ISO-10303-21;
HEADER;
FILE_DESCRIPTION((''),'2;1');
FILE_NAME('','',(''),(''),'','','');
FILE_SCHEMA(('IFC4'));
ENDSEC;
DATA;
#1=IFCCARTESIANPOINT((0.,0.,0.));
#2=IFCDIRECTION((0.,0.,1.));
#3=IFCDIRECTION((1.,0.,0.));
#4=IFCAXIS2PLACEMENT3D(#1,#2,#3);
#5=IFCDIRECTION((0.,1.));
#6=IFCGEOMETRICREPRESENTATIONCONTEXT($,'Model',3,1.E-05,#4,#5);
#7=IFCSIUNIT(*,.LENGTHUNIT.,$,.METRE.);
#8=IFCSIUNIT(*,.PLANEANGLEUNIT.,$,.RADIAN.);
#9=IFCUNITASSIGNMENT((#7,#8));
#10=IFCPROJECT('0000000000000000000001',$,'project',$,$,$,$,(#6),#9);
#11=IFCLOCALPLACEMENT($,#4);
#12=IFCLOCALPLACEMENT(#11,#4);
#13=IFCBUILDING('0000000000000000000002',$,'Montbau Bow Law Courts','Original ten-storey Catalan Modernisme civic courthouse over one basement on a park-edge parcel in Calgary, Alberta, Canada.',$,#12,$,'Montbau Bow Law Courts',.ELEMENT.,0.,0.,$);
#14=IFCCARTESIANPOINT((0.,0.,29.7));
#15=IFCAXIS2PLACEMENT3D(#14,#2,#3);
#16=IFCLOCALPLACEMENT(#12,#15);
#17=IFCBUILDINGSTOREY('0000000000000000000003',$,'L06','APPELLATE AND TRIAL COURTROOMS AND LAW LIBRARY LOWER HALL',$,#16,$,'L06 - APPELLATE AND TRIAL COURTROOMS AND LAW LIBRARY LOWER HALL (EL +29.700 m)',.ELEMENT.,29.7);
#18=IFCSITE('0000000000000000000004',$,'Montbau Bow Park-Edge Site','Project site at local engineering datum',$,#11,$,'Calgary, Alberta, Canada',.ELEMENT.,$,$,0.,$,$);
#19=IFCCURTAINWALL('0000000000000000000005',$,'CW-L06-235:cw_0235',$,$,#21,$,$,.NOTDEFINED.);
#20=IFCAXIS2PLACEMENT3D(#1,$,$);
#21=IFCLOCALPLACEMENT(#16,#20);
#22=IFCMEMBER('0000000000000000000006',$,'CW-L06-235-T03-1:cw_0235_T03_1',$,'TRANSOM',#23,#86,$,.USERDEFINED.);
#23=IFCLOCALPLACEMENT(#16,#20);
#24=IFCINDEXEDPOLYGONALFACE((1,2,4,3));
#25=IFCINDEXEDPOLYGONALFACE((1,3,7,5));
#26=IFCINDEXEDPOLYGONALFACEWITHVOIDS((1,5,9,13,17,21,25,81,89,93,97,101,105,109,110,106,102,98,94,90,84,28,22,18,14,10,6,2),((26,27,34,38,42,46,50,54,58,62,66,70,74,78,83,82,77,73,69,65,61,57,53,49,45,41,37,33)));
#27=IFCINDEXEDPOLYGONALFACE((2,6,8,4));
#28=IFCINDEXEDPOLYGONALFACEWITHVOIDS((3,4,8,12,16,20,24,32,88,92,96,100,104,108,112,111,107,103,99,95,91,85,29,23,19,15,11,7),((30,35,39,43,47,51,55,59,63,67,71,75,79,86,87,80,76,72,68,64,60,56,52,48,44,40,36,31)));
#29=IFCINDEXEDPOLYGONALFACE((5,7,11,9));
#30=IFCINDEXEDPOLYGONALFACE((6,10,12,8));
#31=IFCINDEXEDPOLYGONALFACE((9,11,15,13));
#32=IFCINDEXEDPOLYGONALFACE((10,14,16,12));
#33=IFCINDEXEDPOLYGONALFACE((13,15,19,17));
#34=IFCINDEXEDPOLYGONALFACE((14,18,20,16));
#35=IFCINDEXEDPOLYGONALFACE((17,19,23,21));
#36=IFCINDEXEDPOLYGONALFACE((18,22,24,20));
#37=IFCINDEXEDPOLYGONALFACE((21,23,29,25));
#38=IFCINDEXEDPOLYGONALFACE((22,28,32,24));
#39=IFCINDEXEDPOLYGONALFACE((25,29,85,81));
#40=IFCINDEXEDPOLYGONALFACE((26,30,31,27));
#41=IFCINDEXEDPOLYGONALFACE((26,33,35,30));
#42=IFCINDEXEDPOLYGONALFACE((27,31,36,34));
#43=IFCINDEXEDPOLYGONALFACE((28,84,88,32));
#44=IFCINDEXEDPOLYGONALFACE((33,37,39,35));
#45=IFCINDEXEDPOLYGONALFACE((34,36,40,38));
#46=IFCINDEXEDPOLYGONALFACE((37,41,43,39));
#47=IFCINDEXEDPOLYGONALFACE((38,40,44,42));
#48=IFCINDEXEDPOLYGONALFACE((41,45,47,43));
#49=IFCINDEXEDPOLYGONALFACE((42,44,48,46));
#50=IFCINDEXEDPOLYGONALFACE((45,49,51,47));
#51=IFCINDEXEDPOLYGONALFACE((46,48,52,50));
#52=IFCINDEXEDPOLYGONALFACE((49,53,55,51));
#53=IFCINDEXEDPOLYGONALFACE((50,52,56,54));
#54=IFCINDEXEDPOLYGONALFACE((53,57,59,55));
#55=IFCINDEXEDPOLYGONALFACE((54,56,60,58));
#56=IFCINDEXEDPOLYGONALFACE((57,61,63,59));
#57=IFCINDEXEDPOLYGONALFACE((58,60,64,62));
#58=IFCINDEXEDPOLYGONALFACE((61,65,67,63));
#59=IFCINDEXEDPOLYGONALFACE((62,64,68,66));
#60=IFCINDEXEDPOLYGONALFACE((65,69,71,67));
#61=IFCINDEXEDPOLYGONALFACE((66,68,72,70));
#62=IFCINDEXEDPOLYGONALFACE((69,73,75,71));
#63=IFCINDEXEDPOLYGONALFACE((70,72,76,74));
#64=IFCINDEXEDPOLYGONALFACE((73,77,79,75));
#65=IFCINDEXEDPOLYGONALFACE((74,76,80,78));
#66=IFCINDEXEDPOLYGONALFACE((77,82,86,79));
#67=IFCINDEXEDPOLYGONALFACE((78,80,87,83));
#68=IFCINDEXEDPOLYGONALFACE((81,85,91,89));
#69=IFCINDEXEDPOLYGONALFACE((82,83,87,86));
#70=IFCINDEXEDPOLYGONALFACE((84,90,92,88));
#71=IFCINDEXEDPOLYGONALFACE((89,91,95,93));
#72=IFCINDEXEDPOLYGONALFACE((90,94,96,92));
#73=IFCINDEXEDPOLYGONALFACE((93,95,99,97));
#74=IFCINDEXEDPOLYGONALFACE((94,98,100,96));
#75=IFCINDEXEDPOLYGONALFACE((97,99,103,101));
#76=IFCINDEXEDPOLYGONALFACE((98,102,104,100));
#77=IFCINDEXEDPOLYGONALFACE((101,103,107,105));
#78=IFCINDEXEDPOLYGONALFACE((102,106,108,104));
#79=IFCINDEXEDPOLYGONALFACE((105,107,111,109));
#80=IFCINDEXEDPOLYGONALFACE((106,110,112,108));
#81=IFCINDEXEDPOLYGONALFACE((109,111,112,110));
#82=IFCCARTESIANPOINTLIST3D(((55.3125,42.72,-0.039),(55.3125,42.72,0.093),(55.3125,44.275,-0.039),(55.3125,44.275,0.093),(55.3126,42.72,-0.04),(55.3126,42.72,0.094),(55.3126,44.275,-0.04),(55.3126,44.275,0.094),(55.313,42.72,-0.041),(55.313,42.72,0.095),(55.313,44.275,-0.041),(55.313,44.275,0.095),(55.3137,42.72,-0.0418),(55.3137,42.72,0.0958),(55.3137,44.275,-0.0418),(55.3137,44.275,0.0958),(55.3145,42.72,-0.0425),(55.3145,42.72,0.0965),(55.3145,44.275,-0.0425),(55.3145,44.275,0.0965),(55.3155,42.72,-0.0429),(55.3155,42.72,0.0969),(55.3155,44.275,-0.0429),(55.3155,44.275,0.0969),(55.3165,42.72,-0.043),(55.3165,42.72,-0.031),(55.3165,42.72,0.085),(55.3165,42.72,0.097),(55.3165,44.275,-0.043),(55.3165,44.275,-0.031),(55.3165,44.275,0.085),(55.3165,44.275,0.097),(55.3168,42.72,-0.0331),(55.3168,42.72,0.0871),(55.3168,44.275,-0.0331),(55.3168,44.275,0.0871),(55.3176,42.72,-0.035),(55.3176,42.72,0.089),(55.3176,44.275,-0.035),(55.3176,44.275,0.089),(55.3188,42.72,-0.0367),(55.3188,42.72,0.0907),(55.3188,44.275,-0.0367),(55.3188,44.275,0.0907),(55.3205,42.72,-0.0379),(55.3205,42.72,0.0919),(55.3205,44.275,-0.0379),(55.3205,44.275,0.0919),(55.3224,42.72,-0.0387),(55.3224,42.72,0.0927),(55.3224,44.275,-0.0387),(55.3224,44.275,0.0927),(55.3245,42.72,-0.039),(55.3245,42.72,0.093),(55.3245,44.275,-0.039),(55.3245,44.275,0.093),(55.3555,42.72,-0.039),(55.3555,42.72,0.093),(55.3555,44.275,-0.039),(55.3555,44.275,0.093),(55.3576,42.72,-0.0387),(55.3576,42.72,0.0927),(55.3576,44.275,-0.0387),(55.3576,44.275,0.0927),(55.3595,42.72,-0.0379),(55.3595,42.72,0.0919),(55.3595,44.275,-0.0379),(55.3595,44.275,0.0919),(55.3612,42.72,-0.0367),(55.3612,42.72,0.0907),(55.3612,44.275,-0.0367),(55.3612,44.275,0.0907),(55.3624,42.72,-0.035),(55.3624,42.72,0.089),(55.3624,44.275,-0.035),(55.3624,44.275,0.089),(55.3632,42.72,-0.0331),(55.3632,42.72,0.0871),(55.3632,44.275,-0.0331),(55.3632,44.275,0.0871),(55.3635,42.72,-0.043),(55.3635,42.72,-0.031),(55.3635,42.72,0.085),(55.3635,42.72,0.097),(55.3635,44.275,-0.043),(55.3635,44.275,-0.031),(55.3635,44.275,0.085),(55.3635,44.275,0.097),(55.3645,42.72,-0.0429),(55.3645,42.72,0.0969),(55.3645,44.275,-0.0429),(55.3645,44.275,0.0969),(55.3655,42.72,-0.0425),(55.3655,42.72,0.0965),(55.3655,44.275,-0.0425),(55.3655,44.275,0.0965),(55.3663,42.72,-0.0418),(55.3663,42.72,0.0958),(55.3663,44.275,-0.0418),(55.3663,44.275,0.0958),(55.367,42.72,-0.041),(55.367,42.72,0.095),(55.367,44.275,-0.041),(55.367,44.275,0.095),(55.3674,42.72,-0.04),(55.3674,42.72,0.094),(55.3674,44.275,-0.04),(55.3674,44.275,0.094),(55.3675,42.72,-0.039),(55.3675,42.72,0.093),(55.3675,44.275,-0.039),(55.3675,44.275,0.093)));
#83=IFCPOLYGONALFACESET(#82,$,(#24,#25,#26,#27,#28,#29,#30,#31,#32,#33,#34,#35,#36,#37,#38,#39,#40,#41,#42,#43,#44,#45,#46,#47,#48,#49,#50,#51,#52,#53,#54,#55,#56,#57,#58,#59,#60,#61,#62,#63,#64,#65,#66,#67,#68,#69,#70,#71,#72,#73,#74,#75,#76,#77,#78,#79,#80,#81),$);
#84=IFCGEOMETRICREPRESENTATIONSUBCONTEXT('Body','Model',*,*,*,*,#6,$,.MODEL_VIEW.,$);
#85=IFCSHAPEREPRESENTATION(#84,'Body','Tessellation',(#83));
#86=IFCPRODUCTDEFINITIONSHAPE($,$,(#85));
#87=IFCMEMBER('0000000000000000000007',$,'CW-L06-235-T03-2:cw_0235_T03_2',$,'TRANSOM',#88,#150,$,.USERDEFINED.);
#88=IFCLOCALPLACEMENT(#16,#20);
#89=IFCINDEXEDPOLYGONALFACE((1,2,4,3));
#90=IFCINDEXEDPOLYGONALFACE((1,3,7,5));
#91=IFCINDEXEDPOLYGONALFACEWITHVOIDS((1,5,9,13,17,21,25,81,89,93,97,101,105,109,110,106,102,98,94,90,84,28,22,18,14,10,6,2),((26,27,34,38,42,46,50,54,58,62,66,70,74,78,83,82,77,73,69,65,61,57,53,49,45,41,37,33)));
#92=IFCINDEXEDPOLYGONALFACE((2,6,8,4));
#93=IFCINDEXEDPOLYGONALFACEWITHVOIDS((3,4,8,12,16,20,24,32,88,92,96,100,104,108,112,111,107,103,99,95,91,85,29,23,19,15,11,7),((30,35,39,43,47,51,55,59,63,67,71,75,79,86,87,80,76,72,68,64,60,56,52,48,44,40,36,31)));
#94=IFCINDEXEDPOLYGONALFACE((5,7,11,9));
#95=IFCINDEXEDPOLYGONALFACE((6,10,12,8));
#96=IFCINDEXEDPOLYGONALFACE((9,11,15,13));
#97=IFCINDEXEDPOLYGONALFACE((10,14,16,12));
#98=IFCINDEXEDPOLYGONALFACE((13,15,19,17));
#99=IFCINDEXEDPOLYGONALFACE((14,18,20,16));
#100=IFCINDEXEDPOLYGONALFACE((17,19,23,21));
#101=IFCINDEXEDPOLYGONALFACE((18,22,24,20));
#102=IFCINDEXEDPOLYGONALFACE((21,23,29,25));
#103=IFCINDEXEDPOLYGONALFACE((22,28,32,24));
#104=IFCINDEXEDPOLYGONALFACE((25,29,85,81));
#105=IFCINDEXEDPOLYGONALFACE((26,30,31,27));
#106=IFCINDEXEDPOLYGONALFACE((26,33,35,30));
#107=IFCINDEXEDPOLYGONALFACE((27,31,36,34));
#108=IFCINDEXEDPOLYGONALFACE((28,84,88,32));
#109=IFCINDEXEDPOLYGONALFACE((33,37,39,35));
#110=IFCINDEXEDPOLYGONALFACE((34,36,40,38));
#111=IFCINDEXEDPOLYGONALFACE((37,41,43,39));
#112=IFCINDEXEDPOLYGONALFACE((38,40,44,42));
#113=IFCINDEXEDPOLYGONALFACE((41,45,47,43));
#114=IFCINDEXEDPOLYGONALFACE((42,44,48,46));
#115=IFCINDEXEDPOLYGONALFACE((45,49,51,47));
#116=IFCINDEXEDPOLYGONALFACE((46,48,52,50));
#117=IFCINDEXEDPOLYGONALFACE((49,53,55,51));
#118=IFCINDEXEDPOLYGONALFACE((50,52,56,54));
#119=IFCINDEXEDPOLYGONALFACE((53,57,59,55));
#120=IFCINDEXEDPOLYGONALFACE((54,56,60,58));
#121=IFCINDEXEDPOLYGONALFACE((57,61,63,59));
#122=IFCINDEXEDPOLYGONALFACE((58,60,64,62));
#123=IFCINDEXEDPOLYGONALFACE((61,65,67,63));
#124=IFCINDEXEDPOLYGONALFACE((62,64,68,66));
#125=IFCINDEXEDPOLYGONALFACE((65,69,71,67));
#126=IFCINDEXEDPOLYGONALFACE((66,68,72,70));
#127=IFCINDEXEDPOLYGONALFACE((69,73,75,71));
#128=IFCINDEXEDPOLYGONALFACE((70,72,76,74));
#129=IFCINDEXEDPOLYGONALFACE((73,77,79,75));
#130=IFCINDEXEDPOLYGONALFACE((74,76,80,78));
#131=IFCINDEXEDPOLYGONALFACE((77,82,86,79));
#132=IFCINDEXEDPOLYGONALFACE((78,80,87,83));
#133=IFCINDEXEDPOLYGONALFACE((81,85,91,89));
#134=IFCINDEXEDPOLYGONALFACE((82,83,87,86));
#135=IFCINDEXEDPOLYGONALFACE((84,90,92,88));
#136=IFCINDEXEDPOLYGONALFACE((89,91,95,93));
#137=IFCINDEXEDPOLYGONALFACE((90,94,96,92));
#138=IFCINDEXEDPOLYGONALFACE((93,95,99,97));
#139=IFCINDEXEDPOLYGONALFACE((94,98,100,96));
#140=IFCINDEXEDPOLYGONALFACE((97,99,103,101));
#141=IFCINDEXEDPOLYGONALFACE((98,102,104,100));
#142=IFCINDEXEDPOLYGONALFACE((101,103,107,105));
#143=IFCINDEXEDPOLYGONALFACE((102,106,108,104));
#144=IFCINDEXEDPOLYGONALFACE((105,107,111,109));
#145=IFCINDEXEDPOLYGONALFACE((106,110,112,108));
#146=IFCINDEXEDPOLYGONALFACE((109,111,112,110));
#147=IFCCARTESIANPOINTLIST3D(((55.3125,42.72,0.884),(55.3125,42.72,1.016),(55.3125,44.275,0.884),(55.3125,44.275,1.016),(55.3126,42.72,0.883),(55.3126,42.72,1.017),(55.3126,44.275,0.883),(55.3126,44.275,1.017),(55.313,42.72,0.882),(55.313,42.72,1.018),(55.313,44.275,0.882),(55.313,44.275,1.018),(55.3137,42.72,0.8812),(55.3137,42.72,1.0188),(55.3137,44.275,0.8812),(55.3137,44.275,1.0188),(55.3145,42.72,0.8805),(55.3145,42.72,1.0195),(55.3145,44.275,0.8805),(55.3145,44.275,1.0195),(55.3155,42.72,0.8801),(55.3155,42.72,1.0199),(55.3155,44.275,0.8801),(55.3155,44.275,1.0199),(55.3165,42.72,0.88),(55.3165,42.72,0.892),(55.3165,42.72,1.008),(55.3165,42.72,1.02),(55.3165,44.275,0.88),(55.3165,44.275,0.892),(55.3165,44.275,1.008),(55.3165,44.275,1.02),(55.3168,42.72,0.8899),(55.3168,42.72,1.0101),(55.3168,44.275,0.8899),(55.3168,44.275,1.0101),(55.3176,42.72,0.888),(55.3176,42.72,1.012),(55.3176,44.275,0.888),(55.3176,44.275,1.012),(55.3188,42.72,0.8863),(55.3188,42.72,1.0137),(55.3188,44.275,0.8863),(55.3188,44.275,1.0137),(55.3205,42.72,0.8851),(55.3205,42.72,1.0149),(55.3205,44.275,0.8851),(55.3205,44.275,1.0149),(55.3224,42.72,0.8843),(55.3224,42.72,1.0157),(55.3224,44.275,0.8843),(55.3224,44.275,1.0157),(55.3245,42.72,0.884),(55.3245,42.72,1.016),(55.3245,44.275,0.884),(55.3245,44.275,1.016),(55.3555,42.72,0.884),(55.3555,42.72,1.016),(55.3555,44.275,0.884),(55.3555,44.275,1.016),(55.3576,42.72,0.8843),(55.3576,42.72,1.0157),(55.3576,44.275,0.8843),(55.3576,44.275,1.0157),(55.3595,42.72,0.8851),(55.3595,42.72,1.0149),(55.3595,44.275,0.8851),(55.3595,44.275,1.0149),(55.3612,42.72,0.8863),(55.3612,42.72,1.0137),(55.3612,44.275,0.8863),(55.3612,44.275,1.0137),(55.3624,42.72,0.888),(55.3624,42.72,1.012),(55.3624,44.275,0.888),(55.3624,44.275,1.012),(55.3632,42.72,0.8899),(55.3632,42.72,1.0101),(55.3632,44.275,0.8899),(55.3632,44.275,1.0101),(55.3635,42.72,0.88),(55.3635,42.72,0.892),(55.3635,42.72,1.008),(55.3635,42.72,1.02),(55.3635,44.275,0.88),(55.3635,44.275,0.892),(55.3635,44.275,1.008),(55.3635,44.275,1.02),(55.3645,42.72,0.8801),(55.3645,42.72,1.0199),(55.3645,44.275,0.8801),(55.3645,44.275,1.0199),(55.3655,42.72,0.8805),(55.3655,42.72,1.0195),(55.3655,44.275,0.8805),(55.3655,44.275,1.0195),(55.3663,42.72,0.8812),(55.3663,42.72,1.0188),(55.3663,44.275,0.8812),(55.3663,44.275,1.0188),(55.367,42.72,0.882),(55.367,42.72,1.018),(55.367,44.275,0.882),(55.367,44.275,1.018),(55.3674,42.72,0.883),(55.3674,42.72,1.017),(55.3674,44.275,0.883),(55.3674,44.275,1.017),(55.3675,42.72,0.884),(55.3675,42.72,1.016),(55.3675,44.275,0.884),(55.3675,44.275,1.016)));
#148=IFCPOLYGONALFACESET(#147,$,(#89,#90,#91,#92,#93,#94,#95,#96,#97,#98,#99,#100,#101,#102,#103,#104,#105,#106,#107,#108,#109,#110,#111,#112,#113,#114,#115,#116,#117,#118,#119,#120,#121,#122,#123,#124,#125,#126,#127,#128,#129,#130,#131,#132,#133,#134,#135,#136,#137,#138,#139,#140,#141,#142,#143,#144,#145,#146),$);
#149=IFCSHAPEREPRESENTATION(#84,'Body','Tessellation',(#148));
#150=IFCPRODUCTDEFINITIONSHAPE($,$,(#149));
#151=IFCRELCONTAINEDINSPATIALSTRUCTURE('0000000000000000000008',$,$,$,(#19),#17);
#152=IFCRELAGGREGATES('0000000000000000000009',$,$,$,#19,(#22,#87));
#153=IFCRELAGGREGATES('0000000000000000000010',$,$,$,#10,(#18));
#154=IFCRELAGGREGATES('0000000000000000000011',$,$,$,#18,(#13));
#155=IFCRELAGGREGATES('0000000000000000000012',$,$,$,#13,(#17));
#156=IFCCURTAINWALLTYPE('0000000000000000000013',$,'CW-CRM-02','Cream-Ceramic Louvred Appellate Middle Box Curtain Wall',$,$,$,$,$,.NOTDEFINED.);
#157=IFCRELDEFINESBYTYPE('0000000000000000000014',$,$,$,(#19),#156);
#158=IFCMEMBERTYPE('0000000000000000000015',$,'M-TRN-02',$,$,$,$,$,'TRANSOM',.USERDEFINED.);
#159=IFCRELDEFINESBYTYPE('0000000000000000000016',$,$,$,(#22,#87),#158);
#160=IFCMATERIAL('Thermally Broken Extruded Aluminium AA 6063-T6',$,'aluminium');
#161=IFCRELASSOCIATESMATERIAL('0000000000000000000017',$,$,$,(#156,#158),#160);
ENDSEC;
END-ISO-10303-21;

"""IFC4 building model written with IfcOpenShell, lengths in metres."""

from ifc_helpers import new_model, si_unit, direction, frame, origin_with_axes, origin_2d_with_axis, place, context, subcontext, project, spatial, hollow_rectangle, extrude, material, material_profile, profile_set, type_object, element, aggregate, save


model = new_model("IFC4")

# Units and contexts
model_context = context("Model", 3, precision=1e-05, world=origin_with_axes(), true_north=direction((0.0, 1.0)))
body_context = subcontext(model_context, "Body", "Model", "MODEL_VIEW")
ifc_project = project(units=[si_unit("LENGTHUNIT", "METRE"), si_unit("PLANEANGLEUNIT", "RADIAN")], contexts=[model_context])

# Site, building, storey
site_placement = place(None, origin_with_axes())
site = spatial("IfcSite", under=ifc_project, at=site_placement, Name="Montbau Bow Park-Edge Site", Description="Project site at local engineering datum", LongName="Calgary, Alberta, Canada", CompositionType="ELEMENT", RefElevation=0.0)
building_placement = place(site_placement, origin_with_axes())
building = spatial("IfcBuilding", under=site, at=building_placement, Name="Montbau Bow Law Courts", Description="Original ten-storey Catalan Modernisme civic courthouse over one basement on a park-edge parcel in Calgary, Alberta, Canada.", LongName="Montbau Bow Law Courts", CompositionType="ELEMENT", ElevationOfRefHeight=0.0, ElevationOfTerrain=0.0)
storey_placement = place(building_placement, frame((0.0, 0.0, 29.7), z_axis=(0.0, 0.0, 1.0), x_axis=(1.0, 0.0, 0.0)))
storey = spatial("IfcBuildingStorey", under=building, at=storey_placement, Name="L06", Description="APPELLATE AND TRIAL COURTROOMS AND LAW LIBRARY LOWER HALL", LongName="L06 - APPELLATE AND TRIAL COURTROOMS AND LAW LIBRARY LOWER HALL (EL +29.700 m)", CompositionType="ELEMENT", Elevation=29.7)

# Shared definitions
ifc_material_1 = material(Name="Thermally Broken Extruded Aluminium AA 6063-T6", Category="aluminium")
curtain_wall_type = type_object("IfcCurtainWallType", Name="CW-CRM-02", Description="Cream-Ceramic Louvred Appellate Middle Box Curtain Wall", PredefinedType="NOTDEFINED", material=ifc_material_1)

# Curtain wall
curtain_wall_1_placement = place(None, frame((55.34, 39.44, 29.7), z_axis=(0.0, 0.0, 1.0), x_axis=(1.0, 0.0, 0.0)))
curtain_wall_1 = element("IfcCurtainWall", 1, at=curtain_wall_1_placement, inside=storey, type_object=curtain_wall_type, Name="CW-L06-235:cw_0235", PredefinedType="NOTDEFINED")

# Members
ifc_material_profile_1 = material_profile(ifc_material_1, hollow_rectangle(XDim=0.055, YDim=0.14, WallThickness=0.004, InnerFilletRadius=0.008, OuterFilletRadius=0.004, at=origin_2d_with_axis()), Name="CWT-140X55", Category="Main", Priority=0)
ifc_profile_set_1 = profile_set([ifc_material_profile_1], Name="Thermally Broken Extruded Aluminium AA 6063-T6")
member_type_1 = type_object("IfcMemberType", Name="M-TRN-02", ElementType="TRANSOM", PredefinedType="USERDEFINED", material=ifc_profile_set_1)
member_1_placement = place(None, frame((55.34, 42.72, 29.727), z_axis=(0.0, 1.0, 0.0), x_axis=(-1.0, 0.0, 0.0)))
member_1 = element("IfcMember", 2, at=member_1_placement, type_object=member_type_1, Name="CW-L06-235-T03-1:cw_0235_T03_1", ObjectType="TRANSOM", PredefinedType="USERDEFINED", context=body_context, shape_type="SweptSolid", body=[
    extrude(hollow_rectangle(XDim=0.055, YDim=0.14, WallThickness=0.004, InnerFilletRadius=0.008, OuterFilletRadius=0.004, at=origin_2d_with_axis()), origin_with_axes(), (0.0, 0.0, 1.0), 1.555),
])
member_2_placement = place(None, frame((55.34, 42.72, 30.65), z_axis=(0.0, 1.0, 0.0), x_axis=(-1.0, 0.0, 0.0)))
member_2 = element("IfcMember", 3, at=member_2_placement, type_object=member_type_1, Name="CW-L06-235-T03-2:cw_0235_T03_2", ObjectType="TRANSOM", PredefinedType="USERDEFINED", context=body_context, shape_type="SweptSolid", body=[
    extrude(hollow_rectangle(XDim=0.055, YDim=0.14, WallThickness=0.004, InnerFilletRadius=0.008, OuterFilletRadius=0.004, at=origin_2d_with_axis()), origin_with_axes(), (0.0, 0.0, 1.0), 1.555),
])

aggregate(curtain_wall_1, [member_1, member_2])

save(model, "model.ifc")
